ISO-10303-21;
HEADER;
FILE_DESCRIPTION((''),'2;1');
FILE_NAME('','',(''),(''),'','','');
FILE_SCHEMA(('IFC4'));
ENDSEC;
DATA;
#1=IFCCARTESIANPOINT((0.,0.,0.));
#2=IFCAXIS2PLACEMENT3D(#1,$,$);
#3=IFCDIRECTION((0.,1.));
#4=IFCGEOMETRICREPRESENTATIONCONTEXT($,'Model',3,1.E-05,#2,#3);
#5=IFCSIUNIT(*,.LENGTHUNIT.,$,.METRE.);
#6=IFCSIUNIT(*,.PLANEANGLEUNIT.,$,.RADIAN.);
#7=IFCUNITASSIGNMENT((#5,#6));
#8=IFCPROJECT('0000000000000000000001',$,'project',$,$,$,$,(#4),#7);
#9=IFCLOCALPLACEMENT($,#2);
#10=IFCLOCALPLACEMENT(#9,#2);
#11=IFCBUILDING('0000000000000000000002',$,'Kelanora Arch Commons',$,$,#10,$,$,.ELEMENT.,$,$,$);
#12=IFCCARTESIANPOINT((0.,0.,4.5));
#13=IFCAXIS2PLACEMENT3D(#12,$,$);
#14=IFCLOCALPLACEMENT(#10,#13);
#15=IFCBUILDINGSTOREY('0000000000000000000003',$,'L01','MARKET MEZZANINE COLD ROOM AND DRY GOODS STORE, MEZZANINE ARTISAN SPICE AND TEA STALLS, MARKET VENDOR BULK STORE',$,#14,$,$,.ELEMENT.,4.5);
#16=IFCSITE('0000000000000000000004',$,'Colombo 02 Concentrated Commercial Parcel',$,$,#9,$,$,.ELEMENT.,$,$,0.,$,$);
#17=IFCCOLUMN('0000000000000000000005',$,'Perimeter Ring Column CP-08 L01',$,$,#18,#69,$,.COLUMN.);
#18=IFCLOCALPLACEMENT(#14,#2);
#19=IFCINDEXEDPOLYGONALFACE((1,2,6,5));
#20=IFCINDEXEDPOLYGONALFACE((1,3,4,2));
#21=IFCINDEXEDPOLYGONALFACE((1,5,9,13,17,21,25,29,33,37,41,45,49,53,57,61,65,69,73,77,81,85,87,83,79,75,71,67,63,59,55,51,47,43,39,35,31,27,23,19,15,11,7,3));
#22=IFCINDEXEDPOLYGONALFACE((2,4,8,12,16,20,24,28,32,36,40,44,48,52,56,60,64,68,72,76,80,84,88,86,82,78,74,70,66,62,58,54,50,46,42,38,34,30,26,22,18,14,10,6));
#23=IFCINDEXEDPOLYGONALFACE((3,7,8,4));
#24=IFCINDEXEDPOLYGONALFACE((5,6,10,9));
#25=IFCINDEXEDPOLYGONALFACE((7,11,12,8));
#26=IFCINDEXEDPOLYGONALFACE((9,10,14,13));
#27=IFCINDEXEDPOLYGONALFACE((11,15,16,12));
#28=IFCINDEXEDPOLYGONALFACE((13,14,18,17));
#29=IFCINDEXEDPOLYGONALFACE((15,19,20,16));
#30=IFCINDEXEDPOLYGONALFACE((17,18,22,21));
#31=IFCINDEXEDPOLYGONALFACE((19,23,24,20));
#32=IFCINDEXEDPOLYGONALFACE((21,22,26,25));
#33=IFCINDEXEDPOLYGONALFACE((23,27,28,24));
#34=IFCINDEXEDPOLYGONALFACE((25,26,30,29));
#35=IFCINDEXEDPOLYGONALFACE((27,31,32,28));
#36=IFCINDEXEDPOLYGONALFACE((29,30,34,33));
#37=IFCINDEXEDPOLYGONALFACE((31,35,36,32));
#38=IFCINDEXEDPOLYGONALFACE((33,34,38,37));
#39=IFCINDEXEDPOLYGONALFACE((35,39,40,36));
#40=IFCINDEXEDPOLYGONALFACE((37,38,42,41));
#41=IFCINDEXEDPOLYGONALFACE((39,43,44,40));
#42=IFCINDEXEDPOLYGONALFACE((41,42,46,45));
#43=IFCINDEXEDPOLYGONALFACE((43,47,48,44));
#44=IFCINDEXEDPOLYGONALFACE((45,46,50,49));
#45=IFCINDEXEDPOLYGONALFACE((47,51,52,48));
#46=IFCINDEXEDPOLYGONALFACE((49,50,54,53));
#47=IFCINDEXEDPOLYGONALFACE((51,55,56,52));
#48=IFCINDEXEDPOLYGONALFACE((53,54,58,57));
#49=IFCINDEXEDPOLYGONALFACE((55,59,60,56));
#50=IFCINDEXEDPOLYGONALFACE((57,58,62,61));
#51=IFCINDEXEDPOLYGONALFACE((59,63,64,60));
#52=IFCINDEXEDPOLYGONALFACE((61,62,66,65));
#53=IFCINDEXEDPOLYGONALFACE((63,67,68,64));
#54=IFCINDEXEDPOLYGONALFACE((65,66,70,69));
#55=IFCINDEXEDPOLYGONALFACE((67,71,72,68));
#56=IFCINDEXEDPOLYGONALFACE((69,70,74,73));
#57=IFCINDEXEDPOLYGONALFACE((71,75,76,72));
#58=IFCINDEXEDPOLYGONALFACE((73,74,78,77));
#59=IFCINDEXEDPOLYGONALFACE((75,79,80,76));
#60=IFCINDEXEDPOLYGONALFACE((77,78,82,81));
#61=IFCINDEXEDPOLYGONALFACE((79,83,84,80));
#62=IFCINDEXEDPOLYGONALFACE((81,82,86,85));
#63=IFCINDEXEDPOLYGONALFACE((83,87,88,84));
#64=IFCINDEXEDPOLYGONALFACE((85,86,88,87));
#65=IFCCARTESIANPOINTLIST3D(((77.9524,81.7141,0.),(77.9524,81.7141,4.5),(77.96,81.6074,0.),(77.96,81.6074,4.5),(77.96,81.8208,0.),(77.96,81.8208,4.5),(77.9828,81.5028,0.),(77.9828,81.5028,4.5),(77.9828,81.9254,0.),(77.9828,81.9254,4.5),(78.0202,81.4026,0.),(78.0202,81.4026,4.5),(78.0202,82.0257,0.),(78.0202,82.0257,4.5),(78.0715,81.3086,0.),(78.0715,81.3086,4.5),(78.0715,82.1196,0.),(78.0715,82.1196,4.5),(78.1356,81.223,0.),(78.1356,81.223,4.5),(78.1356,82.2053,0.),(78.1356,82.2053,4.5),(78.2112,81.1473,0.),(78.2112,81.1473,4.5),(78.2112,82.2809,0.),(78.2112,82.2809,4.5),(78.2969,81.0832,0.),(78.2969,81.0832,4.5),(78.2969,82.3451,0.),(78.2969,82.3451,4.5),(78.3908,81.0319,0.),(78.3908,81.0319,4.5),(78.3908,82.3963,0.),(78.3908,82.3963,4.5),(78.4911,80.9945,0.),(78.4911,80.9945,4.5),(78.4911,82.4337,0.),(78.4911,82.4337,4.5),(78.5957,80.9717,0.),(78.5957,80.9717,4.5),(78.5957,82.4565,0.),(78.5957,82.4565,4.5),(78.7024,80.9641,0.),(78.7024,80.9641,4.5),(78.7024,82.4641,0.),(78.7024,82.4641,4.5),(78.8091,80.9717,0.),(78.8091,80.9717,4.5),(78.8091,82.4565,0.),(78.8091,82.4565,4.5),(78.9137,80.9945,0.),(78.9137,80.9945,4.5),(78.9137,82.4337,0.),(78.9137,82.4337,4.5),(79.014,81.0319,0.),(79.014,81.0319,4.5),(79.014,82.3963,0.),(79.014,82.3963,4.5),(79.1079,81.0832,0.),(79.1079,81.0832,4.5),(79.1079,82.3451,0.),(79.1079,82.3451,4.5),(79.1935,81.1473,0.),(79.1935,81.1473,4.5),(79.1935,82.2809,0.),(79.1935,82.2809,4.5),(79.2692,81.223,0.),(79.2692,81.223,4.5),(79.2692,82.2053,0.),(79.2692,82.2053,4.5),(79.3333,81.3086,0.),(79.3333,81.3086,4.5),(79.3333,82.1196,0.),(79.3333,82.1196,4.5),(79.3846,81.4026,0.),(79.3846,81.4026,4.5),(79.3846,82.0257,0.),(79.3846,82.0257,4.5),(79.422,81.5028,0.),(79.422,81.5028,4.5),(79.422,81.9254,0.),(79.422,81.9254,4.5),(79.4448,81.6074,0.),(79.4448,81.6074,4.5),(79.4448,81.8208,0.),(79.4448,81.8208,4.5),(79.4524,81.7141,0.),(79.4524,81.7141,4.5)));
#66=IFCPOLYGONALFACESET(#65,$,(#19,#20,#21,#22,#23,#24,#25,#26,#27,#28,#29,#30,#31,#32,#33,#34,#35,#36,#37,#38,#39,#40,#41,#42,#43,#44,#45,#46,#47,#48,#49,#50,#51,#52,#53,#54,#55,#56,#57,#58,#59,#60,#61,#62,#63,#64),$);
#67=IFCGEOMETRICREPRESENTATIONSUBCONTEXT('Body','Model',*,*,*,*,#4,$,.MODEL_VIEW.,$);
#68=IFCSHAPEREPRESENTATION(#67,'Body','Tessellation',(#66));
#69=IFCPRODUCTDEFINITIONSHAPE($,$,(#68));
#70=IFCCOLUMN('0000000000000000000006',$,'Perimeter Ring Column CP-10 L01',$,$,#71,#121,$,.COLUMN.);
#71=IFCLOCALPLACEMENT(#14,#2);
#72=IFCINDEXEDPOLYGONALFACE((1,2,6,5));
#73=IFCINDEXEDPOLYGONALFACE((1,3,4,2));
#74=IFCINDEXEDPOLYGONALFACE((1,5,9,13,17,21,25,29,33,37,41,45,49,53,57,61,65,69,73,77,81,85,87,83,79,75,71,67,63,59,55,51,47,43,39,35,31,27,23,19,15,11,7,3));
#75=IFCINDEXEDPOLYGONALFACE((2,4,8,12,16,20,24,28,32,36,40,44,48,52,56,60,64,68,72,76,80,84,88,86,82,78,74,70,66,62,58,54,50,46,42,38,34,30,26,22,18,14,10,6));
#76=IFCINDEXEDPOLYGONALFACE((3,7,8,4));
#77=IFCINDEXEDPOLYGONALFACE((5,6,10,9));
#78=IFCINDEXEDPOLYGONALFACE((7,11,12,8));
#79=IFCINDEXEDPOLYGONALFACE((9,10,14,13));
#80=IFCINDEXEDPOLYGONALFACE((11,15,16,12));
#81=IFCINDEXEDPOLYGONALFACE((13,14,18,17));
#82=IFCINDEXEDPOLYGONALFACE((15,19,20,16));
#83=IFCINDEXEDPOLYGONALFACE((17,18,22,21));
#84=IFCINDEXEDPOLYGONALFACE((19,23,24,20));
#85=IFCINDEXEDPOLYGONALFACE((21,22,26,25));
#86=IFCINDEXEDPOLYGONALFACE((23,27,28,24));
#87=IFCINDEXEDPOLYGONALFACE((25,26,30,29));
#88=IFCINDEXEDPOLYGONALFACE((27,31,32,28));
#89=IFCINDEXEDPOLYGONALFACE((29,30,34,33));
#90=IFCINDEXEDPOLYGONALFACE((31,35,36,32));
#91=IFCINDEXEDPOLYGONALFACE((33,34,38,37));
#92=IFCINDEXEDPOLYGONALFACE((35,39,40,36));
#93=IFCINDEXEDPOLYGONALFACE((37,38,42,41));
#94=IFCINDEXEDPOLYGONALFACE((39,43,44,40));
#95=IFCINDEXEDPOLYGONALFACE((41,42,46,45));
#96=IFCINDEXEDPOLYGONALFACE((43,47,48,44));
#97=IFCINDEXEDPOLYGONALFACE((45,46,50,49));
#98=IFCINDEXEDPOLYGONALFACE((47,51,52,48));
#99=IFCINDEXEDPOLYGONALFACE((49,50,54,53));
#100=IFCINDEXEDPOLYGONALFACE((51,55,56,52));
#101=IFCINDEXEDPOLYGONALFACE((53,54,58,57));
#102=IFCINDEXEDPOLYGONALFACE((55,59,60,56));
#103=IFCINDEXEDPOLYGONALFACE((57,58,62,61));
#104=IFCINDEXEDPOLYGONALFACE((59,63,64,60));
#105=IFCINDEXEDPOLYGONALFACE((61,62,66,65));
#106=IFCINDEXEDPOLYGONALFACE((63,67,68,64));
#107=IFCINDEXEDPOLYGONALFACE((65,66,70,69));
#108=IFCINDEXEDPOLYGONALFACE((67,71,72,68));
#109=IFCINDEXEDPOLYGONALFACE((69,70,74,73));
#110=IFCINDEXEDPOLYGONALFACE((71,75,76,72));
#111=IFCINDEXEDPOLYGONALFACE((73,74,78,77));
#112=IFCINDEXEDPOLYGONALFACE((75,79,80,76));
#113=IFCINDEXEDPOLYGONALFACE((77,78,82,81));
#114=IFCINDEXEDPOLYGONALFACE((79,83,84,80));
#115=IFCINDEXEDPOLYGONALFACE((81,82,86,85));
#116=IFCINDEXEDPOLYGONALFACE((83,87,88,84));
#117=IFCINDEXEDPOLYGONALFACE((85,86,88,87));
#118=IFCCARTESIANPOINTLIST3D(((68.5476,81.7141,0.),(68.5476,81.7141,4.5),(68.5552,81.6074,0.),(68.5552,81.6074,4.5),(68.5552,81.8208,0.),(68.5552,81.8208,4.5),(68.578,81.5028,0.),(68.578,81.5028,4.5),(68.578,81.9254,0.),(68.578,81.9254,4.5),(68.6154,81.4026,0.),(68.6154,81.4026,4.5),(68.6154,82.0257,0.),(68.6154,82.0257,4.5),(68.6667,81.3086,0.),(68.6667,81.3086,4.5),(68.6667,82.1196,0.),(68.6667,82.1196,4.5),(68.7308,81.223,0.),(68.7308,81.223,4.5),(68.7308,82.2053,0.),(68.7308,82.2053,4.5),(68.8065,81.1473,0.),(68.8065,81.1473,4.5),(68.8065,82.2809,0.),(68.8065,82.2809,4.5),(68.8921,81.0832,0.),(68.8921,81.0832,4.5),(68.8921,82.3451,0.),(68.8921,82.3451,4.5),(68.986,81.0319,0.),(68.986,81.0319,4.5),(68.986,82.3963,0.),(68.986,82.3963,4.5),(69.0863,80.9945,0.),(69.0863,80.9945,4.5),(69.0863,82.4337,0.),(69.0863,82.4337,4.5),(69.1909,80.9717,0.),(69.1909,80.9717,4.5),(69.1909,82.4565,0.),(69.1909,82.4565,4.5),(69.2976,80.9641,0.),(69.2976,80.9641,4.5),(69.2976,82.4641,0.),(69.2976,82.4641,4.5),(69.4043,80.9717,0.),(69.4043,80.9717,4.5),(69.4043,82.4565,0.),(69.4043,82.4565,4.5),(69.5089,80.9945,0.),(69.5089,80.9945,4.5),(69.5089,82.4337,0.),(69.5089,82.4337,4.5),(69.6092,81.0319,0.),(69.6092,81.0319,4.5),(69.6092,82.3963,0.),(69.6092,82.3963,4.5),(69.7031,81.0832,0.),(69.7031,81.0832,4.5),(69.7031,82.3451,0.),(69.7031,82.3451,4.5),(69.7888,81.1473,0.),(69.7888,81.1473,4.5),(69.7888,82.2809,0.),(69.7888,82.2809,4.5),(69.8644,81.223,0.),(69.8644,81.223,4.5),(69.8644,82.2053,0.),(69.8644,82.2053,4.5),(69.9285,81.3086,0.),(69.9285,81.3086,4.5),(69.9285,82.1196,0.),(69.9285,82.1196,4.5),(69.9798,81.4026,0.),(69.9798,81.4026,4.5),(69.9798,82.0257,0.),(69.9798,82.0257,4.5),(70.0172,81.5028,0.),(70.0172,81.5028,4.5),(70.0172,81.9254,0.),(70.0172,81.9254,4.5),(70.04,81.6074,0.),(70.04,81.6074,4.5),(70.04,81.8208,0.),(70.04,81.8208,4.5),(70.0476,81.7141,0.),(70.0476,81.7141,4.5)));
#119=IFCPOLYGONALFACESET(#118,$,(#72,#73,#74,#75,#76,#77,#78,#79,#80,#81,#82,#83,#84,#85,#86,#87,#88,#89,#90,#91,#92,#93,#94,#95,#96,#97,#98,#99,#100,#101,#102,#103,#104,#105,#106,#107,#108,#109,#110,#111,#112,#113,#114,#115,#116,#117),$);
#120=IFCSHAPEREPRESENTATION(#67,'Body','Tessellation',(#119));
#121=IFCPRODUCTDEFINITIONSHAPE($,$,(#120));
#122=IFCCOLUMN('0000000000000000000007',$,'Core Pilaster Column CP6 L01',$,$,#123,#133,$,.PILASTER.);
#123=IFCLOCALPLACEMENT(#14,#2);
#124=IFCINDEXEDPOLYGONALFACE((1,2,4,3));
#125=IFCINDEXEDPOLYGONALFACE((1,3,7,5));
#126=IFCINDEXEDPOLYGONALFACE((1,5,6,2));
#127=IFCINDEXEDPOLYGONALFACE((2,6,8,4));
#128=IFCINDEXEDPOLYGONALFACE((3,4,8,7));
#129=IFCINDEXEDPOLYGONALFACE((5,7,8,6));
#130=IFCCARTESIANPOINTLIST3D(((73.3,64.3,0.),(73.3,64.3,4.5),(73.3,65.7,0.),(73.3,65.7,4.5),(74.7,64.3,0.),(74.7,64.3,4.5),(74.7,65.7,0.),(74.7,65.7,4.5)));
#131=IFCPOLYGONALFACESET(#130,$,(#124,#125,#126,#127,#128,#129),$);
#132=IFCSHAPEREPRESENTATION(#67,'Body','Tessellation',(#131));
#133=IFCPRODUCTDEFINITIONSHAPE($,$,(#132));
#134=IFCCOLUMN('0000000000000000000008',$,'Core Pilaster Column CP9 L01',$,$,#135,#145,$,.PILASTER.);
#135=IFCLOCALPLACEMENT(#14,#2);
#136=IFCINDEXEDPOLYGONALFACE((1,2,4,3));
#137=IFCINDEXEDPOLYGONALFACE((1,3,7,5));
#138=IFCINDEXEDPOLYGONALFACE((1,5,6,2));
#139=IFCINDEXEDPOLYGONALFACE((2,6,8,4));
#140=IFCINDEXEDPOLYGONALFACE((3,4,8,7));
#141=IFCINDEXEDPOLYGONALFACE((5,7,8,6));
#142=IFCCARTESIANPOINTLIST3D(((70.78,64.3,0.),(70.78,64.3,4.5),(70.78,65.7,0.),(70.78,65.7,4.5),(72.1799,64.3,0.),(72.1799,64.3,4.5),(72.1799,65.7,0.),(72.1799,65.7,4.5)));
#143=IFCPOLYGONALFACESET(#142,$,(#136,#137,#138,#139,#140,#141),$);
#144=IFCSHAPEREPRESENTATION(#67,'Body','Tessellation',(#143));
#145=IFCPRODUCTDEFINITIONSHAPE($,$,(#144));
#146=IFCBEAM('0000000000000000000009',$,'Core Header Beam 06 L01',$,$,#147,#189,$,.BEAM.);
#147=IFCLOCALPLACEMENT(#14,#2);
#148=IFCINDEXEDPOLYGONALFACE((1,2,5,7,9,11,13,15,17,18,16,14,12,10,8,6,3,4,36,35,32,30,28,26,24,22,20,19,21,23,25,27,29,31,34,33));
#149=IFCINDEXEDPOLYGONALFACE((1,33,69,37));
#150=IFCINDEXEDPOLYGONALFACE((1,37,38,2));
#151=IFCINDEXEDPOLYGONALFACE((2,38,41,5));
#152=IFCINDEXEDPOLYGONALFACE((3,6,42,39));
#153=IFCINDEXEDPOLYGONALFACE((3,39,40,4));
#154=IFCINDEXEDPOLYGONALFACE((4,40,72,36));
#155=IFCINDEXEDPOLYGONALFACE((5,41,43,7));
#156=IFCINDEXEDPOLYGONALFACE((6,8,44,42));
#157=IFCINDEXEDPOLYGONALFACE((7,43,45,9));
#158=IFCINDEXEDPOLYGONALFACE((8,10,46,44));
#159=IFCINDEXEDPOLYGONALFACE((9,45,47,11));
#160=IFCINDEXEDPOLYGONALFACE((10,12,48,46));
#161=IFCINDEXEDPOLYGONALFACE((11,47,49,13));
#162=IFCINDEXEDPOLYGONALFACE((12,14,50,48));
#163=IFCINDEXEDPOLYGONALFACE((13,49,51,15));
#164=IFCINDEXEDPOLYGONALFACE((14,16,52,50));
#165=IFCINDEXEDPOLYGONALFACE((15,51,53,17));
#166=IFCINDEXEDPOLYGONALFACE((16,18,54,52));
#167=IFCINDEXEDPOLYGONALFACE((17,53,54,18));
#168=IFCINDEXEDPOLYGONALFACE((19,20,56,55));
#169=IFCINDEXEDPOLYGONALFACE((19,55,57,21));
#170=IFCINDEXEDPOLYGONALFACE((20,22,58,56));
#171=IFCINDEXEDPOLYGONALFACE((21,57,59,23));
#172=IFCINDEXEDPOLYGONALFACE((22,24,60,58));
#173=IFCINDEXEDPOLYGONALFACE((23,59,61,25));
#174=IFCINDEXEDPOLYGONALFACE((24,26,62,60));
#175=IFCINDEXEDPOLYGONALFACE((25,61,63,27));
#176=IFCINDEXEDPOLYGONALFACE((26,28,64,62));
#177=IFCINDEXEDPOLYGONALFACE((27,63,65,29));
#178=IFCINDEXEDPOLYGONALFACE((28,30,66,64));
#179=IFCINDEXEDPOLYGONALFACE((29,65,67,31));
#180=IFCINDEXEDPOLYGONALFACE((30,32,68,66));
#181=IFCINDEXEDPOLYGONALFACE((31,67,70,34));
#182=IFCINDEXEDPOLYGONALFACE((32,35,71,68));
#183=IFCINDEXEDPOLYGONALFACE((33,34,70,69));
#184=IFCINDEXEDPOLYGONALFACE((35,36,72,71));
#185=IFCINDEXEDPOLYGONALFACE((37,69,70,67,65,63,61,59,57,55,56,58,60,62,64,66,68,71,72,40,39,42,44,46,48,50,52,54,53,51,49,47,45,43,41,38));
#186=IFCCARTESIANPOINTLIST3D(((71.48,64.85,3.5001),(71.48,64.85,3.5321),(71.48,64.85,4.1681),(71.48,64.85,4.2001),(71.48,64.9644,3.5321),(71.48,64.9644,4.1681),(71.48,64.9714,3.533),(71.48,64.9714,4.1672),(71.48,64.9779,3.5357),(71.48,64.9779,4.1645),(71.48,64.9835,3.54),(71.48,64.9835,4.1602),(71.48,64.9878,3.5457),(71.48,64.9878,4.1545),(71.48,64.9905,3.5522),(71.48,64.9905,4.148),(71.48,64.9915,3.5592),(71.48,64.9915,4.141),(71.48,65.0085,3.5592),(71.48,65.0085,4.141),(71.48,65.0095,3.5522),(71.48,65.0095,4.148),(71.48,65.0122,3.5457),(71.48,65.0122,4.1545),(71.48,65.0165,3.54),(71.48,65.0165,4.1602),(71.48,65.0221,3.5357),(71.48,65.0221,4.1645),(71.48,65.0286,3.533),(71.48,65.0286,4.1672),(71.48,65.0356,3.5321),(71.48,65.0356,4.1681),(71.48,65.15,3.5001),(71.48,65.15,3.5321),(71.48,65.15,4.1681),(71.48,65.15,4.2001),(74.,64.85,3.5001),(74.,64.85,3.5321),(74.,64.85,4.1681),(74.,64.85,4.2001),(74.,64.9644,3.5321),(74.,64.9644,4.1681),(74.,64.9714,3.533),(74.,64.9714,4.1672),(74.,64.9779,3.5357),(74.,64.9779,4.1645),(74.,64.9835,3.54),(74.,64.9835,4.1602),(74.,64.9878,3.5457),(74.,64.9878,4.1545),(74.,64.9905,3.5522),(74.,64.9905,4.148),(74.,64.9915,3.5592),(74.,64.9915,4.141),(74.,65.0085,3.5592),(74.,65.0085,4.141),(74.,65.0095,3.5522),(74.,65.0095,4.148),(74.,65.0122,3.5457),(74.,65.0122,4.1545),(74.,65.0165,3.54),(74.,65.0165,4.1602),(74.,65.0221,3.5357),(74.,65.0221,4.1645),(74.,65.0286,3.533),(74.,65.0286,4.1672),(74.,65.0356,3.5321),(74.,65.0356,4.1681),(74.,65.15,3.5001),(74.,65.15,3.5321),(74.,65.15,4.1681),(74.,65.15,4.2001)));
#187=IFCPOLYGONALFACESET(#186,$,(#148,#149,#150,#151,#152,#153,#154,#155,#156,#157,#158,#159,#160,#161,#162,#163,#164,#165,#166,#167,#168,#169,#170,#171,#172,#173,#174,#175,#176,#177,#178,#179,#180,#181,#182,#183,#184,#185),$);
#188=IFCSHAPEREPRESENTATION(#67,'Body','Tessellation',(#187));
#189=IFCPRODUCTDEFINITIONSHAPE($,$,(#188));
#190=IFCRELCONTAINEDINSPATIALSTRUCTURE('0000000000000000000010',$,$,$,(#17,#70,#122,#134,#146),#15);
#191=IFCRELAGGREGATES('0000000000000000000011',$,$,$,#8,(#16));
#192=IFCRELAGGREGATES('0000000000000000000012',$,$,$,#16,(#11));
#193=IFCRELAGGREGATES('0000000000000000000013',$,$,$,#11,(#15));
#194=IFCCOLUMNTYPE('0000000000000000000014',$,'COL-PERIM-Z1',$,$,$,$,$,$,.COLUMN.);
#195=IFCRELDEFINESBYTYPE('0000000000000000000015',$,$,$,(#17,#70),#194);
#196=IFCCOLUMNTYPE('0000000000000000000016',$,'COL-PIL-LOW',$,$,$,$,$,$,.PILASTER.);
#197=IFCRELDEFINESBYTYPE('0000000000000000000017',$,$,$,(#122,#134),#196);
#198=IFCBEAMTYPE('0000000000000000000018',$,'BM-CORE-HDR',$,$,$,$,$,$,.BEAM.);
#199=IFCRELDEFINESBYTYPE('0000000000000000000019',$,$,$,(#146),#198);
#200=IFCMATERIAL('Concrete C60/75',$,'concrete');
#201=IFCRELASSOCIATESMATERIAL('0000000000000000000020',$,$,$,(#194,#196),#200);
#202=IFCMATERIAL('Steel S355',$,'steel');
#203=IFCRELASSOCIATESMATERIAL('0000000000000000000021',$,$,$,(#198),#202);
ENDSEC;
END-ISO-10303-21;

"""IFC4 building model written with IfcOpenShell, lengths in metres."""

from ifc_helpers import new_model, si_unit, direction, frame, origin, origin_2d, place, context, subcontext, project, spatial, rectangle, circle, i_section, extrude, material, material_profile, profile_set, type_object, element, save


model = new_model("IFC4")

# Units and contexts
model_context = context("Model", 3, precision=1e-05, world=origin(), true_north=direction((0.0, 1.0)))
body_context = subcontext(model_context, "Body", "Model", "MODEL_VIEW")
ifc_project = project(units=[si_unit("LENGTHUNIT", "METRE"), si_unit("PLANEANGLEUNIT", "RADIAN")], contexts=[model_context])

# Site, building, storey
site_placement = place(None, origin())
site = spatial("IfcSite", under=ifc_project, at=site_placement, Name="Colombo 02 Concentrated Commercial Parcel", CompositionType="ELEMENT", RefElevation=0.0)
building_placement = place(site_placement, origin())
building = spatial("IfcBuilding", under=site, at=building_placement, Name="Kelanora Arch Commons", CompositionType="ELEMENT")
storey_placement = place(building_placement, frame((0.0, 0.0, 4.5)))
storey = spatial("IfcBuildingStorey", under=building, at=storey_placement, Name="L01", Description="MARKET MEZZANINE COLD ROOM AND DRY GOODS STORE, MEZZANINE ARTISAN SPICE AND TEA STALLS, MARKET VENDOR BULK STORE", CompositionType="ELEMENT", Elevation=4.5)

# Columns
ifc_material_1 = material(Name="Concrete C60/75", Category="concrete")
ifc_material_profile_1 = material_profile(ifc_material_1, circle(Radius=0.75, at=origin_2d()), Name="RCC1500")
ifc_profile_set_1 = profile_set([ifc_material_profile_1], Name="Concrete C60/75")
column_type_1 = type_object("IfcColumnType", Name="COL-PERIM-Z1", PredefinedType="COLUMN", material=ifc_profile_set_1)
for number, where, z_axis, x_axis, name in (
    (1, (78.7024, 81.7141, 0.0), (0.0, 0.0, 1.0), (1.0, 0.0, 0.0), "Perimeter Ring Column CP-08 L01"),
    (2, (69.2976, 81.7141, 0.0), (0.0, 0.0, 1.0), (1.0, 0.0, 0.0), "Perimeter Ring Column CP-10 L01"),
):
    element("IfcColumn", number, at=place(storey_placement, frame(where, z_axis=z_axis, x_axis=x_axis)), inside=storey, type_object=column_type_1, Name=name, PredefinedType="COLUMN", context=body_context, shape_type="SweptSolid", body=[
        extrude(circle(Radius=0.75, at=origin_2d()), origin(), (0.0, 0.0, 1.0), 4.5),
    ])
ifc_material_profile_2 = material_profile(ifc_material_1, rectangle(XDim=1.3999, YDim=1.3999, at=origin_2d()), Name="RC1400x1400")
ifc_profile_set_2 = profile_set([ifc_material_profile_2], Name="Concrete C60/75")
column_type_2 = type_object("IfcColumnType", Name="COL-PIL-LOW", PredefinedType="PILASTER", material=ifc_profile_set_2)
for number, where, z_axis, x_axis, name in (
    (3, (74.0, 65.0, 0.0), (0.0, 0.0, 1.0), (1.0, 0.0, 0.0), "Core Pilaster Column CP6 L01"),
    (4, (71.48, 65.0, 0.0), (0.0, 0.0, 1.0), (1.0, 0.0, 0.0), "Core Pilaster Column CP9 L01"),
):
    element("IfcColumn", number, at=place(storey_placement, frame(where, z_axis=z_axis, x_axis=x_axis)), inside=storey, type_object=column_type_2, Name=name, PredefinedType="PILASTER", context=body_context, shape_type="SweptSolid", body=[
        extrude(rectangle(XDim=1.3999, YDim=1.3999, at=origin_2d()), origin(), (0.0, 0.0, 1.0), 4.5),
    ])

# Beam
ifc_material_2 = material(Name="Steel S355", Category="steel")
ifc_material_profile_3 = material_profile(ifc_material_2, i_section(OverallWidth=0.3, OverallDepth=0.7, WebThickness=0.0171, FlangeThickness=0.032, FilletRadius=0.0271, at=origin_2d()), Name="HEB700")
ifc_profile_set_3 = profile_set([ifc_material_profile_3], Name="Steel S355")
beam_type_1 = type_object("IfcBeamType", Name="BM-CORE-HDR", PredefinedType="BEAM", material=ifc_profile_set_3)
beam_1_placement = place(storey_placement, frame((74.0, 65.0, 3.8501), z_axis=(-1.0, 0.0, 0.0), x_axis=(0.0, -1.0, 0.0)))
element("IfcBeam", 5, at=beam_1_placement, inside=storey, type_object=beam_type_1, Name="Core Header Beam 06 L01", PredefinedType="BEAM", context=body_context, shape_type="SweptSolid", body=[
    extrude(i_section(OverallWidth=0.3, OverallDepth=0.7, WebThickness=0.0171, FlangeThickness=0.032, FilletRadius=0.0271, at=origin_2d()), origin(), (0.0, 0.0, 1.0), 2.52),
])

save(model, "model.ifc")
